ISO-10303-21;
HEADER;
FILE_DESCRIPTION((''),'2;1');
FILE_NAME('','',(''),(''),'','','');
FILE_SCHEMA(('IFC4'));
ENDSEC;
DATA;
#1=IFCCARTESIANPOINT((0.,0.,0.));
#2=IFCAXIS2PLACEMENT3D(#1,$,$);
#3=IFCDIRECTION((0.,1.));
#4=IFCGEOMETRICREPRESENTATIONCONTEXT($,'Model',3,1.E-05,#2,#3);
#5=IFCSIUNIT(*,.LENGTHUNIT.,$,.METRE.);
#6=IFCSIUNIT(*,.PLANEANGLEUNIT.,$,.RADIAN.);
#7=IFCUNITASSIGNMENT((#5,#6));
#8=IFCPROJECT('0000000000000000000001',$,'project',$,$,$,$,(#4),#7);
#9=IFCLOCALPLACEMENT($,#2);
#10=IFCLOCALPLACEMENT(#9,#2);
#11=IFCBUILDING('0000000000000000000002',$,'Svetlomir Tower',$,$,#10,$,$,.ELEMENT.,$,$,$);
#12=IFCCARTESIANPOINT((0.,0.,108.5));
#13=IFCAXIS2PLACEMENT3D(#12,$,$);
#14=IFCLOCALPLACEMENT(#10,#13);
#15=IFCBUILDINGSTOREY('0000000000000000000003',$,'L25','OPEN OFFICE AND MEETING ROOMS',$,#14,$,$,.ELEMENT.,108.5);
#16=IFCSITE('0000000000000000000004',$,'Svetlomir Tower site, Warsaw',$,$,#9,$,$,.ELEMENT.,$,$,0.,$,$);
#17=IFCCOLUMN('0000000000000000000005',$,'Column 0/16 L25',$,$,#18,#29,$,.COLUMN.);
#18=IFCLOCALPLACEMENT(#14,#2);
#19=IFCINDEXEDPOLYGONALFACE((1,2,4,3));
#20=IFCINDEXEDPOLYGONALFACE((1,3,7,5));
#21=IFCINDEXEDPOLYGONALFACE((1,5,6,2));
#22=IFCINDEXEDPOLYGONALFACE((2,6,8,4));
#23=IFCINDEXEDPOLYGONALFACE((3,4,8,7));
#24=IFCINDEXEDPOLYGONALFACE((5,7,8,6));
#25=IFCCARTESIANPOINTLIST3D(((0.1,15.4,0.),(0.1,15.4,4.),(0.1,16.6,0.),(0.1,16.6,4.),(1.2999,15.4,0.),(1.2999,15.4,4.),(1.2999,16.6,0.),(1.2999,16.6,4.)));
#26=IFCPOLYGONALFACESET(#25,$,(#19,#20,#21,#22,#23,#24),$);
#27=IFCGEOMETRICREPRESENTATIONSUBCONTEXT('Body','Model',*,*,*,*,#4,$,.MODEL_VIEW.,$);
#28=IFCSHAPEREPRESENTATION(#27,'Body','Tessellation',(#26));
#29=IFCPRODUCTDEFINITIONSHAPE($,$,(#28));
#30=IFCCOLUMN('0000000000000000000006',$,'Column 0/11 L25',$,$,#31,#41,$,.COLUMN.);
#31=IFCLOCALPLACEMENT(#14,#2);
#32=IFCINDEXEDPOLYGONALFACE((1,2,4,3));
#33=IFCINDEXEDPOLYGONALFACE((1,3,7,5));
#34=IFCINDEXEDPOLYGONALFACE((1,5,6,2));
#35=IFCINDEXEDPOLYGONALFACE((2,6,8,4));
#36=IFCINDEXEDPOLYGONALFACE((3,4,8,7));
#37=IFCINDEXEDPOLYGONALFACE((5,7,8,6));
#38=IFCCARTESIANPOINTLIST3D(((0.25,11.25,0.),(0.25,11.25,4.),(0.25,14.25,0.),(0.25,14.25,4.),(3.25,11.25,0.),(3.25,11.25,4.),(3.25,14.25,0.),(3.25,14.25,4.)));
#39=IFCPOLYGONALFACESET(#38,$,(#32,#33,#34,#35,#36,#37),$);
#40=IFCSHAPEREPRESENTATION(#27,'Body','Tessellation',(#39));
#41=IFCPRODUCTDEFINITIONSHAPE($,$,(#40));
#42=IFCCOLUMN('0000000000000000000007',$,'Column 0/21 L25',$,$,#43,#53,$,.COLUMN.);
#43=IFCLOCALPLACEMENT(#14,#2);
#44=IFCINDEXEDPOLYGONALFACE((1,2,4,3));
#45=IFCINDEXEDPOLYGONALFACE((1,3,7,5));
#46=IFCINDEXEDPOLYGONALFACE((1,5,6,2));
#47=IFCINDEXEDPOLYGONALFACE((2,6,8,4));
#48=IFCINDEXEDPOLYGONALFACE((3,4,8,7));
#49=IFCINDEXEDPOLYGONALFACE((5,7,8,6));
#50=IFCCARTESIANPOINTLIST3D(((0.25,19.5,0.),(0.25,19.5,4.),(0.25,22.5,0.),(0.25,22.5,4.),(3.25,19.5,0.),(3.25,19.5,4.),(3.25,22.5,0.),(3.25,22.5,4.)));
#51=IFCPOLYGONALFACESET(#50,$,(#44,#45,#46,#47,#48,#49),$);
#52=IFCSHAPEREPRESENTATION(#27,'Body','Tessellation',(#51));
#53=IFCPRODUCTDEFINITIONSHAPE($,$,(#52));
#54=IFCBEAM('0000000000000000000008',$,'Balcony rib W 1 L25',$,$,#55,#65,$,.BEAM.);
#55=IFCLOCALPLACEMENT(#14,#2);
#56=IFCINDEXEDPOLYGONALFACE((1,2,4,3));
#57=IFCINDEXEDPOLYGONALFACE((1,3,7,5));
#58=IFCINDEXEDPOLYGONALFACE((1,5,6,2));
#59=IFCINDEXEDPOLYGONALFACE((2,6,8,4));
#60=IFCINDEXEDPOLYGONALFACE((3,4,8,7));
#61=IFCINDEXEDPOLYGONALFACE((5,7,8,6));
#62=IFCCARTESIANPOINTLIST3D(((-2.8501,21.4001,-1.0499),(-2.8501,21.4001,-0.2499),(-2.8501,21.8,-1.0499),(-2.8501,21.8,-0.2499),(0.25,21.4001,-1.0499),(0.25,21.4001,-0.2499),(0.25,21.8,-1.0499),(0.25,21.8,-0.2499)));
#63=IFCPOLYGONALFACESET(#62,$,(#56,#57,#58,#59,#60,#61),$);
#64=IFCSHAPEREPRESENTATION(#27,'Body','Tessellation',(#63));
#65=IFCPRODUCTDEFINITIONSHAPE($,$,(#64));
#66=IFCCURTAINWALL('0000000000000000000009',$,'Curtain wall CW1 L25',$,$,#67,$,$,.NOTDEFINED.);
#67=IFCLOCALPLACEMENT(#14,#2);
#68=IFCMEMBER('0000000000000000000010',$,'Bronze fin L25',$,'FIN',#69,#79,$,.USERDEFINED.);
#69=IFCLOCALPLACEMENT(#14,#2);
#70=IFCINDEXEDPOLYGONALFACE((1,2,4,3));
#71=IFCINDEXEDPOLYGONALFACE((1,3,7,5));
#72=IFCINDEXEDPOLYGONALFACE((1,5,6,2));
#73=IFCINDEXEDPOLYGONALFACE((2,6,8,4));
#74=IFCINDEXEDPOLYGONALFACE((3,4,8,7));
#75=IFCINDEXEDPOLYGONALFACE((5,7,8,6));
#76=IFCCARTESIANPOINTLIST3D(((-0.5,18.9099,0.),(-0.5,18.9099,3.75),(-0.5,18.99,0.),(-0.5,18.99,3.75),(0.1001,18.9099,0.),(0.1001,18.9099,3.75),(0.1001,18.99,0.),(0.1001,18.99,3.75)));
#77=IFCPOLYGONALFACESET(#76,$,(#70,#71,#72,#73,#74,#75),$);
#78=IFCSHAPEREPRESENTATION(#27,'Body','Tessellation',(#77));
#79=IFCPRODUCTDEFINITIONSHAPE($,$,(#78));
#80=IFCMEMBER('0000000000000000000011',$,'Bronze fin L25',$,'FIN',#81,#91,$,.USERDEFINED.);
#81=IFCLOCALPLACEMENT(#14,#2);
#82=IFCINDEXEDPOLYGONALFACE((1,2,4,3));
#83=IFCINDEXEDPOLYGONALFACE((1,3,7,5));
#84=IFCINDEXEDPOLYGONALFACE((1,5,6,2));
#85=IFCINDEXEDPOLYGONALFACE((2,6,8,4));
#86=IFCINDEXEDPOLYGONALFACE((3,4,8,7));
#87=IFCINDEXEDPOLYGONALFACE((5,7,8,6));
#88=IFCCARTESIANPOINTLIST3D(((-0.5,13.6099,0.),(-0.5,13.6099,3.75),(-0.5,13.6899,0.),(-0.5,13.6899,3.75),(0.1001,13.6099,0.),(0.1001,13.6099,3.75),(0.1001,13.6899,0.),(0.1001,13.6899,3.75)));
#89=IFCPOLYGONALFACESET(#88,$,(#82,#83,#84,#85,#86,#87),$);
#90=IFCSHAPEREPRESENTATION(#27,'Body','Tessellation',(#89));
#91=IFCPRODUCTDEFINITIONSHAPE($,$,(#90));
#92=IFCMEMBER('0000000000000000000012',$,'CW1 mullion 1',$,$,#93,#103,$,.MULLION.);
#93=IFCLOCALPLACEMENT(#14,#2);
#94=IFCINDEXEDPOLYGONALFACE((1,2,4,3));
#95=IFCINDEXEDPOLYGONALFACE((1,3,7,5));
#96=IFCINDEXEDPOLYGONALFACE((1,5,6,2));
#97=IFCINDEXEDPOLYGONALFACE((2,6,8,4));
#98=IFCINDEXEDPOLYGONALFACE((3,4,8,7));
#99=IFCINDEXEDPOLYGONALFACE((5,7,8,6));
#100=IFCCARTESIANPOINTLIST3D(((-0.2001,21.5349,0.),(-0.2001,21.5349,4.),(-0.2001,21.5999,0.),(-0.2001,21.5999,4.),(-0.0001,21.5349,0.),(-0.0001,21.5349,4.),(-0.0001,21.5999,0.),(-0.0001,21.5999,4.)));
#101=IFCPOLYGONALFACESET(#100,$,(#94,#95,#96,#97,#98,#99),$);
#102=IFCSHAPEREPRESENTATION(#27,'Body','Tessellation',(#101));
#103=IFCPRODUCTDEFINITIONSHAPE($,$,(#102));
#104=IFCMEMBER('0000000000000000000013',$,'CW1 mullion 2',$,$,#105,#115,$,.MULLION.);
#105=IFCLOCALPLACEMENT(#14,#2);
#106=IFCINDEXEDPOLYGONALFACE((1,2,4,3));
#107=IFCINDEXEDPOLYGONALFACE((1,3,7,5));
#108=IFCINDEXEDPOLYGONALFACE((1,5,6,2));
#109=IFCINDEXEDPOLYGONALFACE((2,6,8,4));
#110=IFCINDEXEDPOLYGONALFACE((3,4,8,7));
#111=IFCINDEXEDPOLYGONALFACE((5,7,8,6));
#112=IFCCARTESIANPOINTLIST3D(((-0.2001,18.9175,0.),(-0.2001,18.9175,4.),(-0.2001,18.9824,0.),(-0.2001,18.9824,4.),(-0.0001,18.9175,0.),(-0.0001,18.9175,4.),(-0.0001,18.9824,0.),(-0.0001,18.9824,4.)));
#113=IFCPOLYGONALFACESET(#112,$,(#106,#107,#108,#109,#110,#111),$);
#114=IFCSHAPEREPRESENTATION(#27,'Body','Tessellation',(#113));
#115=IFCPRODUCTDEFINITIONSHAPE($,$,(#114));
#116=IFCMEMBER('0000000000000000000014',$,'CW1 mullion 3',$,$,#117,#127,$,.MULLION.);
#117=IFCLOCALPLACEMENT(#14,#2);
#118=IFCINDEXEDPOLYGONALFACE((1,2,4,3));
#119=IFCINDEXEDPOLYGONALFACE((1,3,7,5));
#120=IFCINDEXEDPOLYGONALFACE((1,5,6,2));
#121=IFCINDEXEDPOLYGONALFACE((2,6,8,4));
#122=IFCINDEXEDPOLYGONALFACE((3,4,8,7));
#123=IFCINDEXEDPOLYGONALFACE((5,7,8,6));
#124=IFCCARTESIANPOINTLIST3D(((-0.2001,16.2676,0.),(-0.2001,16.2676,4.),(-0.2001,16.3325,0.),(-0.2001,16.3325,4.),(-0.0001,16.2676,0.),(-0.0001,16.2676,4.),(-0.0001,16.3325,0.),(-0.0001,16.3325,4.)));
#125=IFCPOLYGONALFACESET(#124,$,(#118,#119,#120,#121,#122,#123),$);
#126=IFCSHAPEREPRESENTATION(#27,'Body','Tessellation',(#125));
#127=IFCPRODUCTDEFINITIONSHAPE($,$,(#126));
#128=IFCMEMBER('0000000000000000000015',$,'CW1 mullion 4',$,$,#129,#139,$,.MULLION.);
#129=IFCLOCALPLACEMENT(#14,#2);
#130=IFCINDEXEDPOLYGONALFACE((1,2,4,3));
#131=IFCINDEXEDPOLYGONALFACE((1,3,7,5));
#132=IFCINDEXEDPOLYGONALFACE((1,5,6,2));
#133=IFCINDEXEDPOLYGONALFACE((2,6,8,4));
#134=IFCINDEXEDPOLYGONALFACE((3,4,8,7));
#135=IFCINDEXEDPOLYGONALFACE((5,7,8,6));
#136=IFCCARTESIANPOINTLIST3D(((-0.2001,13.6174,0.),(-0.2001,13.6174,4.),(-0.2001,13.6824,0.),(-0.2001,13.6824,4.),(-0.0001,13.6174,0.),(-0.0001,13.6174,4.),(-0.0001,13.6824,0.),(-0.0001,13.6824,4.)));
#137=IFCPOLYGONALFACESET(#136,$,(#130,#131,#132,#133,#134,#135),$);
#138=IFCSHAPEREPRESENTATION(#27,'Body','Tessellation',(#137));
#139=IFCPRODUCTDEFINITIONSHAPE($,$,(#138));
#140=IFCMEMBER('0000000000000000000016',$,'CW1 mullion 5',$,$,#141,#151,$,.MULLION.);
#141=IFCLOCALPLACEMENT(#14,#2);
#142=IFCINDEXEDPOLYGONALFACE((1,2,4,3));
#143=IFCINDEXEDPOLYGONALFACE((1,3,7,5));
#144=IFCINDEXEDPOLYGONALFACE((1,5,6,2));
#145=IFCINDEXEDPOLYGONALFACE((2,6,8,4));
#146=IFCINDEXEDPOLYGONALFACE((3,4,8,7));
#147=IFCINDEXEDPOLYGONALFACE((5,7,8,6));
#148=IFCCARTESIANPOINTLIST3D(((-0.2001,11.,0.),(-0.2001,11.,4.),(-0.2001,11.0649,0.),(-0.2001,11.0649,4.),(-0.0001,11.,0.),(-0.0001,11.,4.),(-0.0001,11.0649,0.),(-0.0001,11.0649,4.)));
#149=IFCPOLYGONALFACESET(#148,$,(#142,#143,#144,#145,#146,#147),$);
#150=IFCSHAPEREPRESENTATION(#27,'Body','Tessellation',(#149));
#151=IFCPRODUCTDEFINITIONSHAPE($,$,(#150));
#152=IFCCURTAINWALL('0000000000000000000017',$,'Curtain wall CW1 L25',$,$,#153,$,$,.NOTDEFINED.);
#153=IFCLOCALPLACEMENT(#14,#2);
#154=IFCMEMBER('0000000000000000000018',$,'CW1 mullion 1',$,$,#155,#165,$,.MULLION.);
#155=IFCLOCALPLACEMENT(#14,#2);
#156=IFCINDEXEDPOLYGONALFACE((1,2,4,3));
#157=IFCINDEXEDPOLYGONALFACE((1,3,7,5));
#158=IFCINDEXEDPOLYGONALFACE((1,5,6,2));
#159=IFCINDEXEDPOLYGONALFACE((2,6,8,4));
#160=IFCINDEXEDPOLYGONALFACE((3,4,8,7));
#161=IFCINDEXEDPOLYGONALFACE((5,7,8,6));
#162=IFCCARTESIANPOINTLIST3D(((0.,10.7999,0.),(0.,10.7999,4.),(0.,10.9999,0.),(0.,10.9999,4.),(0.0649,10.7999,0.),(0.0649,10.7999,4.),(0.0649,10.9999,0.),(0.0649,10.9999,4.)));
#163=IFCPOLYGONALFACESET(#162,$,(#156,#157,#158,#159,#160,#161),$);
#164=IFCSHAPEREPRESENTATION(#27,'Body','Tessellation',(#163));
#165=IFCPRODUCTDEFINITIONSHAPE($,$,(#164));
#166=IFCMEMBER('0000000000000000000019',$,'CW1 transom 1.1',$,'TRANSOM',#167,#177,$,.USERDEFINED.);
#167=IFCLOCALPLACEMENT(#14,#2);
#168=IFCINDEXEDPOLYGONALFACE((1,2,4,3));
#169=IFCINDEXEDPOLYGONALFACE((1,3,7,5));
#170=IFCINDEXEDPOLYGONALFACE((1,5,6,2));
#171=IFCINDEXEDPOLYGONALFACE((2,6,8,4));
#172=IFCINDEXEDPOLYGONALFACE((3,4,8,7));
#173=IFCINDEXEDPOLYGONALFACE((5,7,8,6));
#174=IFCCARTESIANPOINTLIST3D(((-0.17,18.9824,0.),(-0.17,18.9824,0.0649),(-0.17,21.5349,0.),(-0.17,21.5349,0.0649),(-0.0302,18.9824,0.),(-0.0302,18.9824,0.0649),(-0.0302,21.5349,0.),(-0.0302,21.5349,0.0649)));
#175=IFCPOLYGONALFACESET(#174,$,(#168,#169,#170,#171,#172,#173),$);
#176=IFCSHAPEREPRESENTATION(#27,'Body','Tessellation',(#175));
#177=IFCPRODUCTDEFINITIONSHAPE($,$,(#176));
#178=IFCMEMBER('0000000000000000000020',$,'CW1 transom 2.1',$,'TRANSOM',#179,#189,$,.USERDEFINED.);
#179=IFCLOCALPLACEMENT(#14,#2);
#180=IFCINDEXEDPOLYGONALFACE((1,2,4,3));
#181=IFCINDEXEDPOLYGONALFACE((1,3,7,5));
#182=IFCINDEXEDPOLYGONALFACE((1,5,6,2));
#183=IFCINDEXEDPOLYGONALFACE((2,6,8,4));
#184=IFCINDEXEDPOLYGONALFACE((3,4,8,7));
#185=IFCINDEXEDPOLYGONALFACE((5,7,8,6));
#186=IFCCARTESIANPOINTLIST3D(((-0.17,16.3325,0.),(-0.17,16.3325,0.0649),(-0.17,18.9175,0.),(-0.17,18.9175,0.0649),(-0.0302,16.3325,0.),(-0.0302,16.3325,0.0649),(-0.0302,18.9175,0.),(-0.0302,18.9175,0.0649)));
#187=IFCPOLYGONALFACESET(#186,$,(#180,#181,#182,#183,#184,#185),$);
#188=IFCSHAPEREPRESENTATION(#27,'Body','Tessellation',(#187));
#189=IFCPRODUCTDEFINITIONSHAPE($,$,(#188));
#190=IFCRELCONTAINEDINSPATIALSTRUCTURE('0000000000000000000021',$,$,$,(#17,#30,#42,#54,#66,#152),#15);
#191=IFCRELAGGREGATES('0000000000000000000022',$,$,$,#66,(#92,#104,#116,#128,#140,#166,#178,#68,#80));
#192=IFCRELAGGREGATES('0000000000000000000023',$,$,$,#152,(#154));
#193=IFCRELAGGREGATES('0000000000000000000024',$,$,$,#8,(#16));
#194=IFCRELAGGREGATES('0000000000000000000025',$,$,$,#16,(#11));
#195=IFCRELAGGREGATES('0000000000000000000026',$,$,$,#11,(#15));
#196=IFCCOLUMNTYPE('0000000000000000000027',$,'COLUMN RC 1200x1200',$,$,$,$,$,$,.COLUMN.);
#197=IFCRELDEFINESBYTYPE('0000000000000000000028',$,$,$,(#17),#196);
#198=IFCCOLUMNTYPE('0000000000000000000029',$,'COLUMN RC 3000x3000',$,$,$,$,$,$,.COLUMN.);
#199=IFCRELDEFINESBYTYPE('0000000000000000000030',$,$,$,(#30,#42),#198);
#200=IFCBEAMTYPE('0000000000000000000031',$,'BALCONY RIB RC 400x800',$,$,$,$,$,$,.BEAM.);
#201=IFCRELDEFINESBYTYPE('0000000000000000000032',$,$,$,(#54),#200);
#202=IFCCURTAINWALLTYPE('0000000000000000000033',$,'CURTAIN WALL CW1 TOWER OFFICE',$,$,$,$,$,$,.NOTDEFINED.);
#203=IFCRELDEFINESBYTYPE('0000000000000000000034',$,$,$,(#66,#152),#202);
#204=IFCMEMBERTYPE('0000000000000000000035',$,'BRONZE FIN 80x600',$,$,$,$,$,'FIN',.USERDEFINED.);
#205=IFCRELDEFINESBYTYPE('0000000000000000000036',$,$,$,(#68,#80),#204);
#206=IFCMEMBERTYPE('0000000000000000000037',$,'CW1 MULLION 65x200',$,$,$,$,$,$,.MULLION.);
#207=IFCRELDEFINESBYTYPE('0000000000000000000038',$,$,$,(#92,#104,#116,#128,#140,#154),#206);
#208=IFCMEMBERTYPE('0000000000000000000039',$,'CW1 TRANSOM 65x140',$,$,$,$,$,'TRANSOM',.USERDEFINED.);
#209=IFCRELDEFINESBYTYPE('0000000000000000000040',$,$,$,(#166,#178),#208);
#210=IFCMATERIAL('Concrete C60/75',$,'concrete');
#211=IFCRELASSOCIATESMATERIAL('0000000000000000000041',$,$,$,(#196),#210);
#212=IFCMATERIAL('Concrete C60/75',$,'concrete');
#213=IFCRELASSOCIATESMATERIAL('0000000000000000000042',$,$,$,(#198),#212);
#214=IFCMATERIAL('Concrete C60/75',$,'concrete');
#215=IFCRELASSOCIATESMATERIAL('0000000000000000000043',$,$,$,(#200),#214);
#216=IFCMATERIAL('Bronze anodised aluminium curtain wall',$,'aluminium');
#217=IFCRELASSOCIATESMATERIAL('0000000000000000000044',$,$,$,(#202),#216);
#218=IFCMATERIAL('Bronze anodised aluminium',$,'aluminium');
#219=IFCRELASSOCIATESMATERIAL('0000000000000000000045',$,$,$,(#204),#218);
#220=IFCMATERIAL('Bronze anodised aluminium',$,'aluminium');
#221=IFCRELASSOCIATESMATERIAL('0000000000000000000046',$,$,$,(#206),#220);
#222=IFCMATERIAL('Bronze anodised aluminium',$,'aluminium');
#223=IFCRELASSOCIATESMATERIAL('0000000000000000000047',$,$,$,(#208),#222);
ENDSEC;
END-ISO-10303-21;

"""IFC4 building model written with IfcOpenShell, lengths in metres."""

from ifc_helpers import new_model, si_unit, direction, frame, origin, origin_2d, place, context, subcontext, project, spatial, rectangle, extrude, material, material_profile, profile_set, type_object, element, aggregate, save


model = new_model("IFC4")

# Units and contexts
model_context = context("Model", 3, precision=1e-05, world=origin(), true_north=direction((0.0, 1.0)))
body_context = subcontext(model_context, "Body", "Model", "MODEL_VIEW")
ifc_project = project(units=[si_unit("LENGTHUNIT", "METRE"), si_unit("PLANEANGLEUNIT", "RADIAN")], contexts=[model_context])

# Site, building, storey
site_placement = place(None, origin())
site = spatial("IfcSite", under=ifc_project, at=site_placement, Name="Svetlomir Tower site, Warsaw", CompositionType="ELEMENT", RefElevation=0.0)
building_placement = place(site_placement, origin())
building = spatial("IfcBuilding", under=site, at=building_placement, Name="Svetlomir Tower", CompositionType="ELEMENT")
storey_placement = place(building_placement, frame((0.0, 0.0, 108.5)))
storey = spatial("IfcBuildingStorey", under=building, at=storey_placement, Name="L25", Description="OPEN OFFICE AND MEETING ROOMS", CompositionType="ELEMENT", Elevation=108.5)

# Columns
ifc_material_1 = material(Name="Concrete C60/75", Category="concrete")
ifc_material_profile_1 = material_profile(ifc_material_1, rectangle(XDim=1.2, YDim=1.2, at=origin_2d()), Name="RC 1200x1200")
ifc_profile_set_1 = profile_set([ifc_material_profile_1], Name="Concrete C60/75")
column_type_1 = type_object("IfcColumnType", Name="COLUMN RC 1200x1200", PredefinedType="COLUMN", material=ifc_profile_set_1)
column_placement = place(storey_placement, frame((0.7, 16.0, 0.0), z_axis=(0.0, 0.0, 1.0), x_axis=(1.0, 0.0, 0.0)))
element("IfcColumn", 1, at=column_placement, inside=storey, type_object=column_type_1, Name="Column 0/16 L25", PredefinedType="COLUMN", context=body_context, shape_type="SweptSolid", body=[
    extrude(rectangle(XDim=1.2, YDim=1.2, at=origin_2d()), origin(), (0.0, 0.0, 1.0), 4.0),
])
ifc_material_2 = material(Name="Concrete C60/75", Category="concrete")
ifc_material_profile_2 = material_profile(ifc_material_2, rectangle(XDim=3.0, YDim=3.0, at=origin_2d()), Name="RC 3000x3000")
ifc_profile_set_2 = profile_set([ifc_material_profile_2], Name="Concrete C60/75")
column_type_2 = type_object("IfcColumnType", Name="COLUMN RC 3000x3000", PredefinedType="COLUMN", material=ifc_profile_set_2)
for number, where, z_axis, x_axis, name in (
    (2, (1.75, 12.75, 0.0), (0.0, 0.0, 1.0), (1.0, 0.0, 0.0), "Column 0/11 L25"),
    (3, (1.75, 21.0, 0.0), (0.0, 0.0, 1.0), (1.0, 0.0, 0.0), "Column 0/21 L25"),
):
    element("IfcColumn", number, at=place(storey_placement, frame(where, z_axis=z_axis, x_axis=x_axis)), inside=storey, type_object=column_type_2, Name=name, PredefinedType="COLUMN", context=body_context, shape_type="SweptSolid", body=[
        extrude(rectangle(XDim=3.0, YDim=3.0, at=origin_2d()), origin(), (0.0, 0.0, 1.0), 4.0),
    ])

# Beam
ifc_material_3 = material(Name="Concrete C60/75", Category="concrete")
ifc_material_profile_3 = material_profile(ifc_material_3, rectangle(XDim=0.3999, YDim=0.8, at=origin_2d()), Name="RC 400x800")
ifc_profile_set_3 = profile_set([ifc_material_profile_3], Name="Concrete C60/75")
beam_type_1 = type_object("IfcBeamType", Name="BALCONY RIB RC 400x800", PredefinedType="BEAM", material=ifc_profile_set_3)
beam_1_placement = place(storey_placement, frame((0.25, 21.6001, -0.6499), z_axis=(-1.0, 0.0, 0.0), x_axis=(0.0, -1.0, 0.0)))
element("IfcBeam", 4, at=beam_1_placement, inside=storey, type_object=beam_type_1, Name="Balcony rib W 1 L25", PredefinedType="BEAM", context=body_context, shape_type="SweptSolid", body=[
    extrude(rectangle(XDim=0.3999, YDim=0.8, at=origin_2d()), origin(), (0.0, 0.0, 1.0), 3.1001),
])

# Curtain wall, members
ifc_material_4 = material(Name="Bronze anodised aluminium curtain wall", Category="aluminium")
curtain_wall_type = type_object("IfcCurtainWallType", Name="CURTAIN WALL CW1 TOWER OFFICE", PredefinedType="NOTDEFINED", material=ifc_material_4)
curtain_wall_1_placement = place(storey_placement, origin())
curtain_wall_1 = element("IfcCurtainWall", 5, at=curtain_wall_1_placement, inside=storey, type_object=curtain_wall_type, Name="Curtain wall CW1 L25", PredefinedType="NOTDEFINED")
ifc_material_5 = material(Name="Bronze anodised aluminium", Category="aluminium")
ifc_material_profile_4 = material_profile(ifc_material_5, rectangle(XDim=0.0801, YDim=0.6001, at=origin_2d()), Name="FIN 80x600")
ifc_profile_set_4 = profile_set([ifc_material_profile_4], Name="Bronze anodised aluminium 6063-T6")
member_type_1 = type_object("IfcMemberType", Name="BRONZE FIN 80x600", ElementType="FIN", PredefinedType="USERDEFINED", material=ifc_profile_set_4)
member_1_placement = place(storey_placement, frame((-0.2, 18.95, 0.0), z_axis=(0.0, 0.0, 1.0), x_axis=(0.0, 1.0, 0.0)))
member_1 = element("IfcMember", 6, at=member_1_placement, type_object=member_type_1, Name="Bronze fin L25", ObjectType="FIN", PredefinedType="USERDEFINED", context=body_context, shape_type="SweptSolid", body=[
    extrude(rectangle(XDim=0.0801, YDim=0.6001, at=origin_2d()), origin(), (0.0, 0.0, 1.0), 3.75),
])
member_2_placement = place(storey_placement, frame((-0.2, 13.6499, 0.0), z_axis=(0.0, 0.0, 1.0), x_axis=(0.0, 1.0, 0.0)))
member_2 = element("IfcMember", 7, at=member_2_placement, type_object=member_type_1, Name="Bronze fin L25", ObjectType="FIN", PredefinedType="USERDEFINED", context=body_context, shape_type="SweptSolid", body=[
    extrude(rectangle(XDim=0.0801, YDim=0.6001, at=origin_2d()), origin(), (0.0, 0.0, 1.0), 3.75),
])
ifc_material_6 = material(Name="Bronze anodised aluminium", Category="aluminium")
ifc_material_profile_5 = material_profile(ifc_material_6, rectangle(XDim=0.0649, YDim=0.2, at=origin_2d()), Name="AL 65x200")
ifc_profile_set_5 = profile_set([ifc_material_profile_5], Name="Bronze anodised aluminium 6063-T6")
member_type_2 = type_object("IfcMemberType", Name="CW1 MULLION 65x200", PredefinedType="MULLION", material=ifc_profile_set_5)
member_3_placement = place(storey_placement, frame((-0.1001, 21.5674, 0.0), z_axis=(0.0, 0.0, 1.0), x_axis=(0.0, -1.0, 0.0)))
member_3 = element("IfcMember", 8, at=member_3_placement, type_object=member_type_2, Name="CW1 mullion 1", PredefinedType="MULLION", context=body_context, shape_type="SweptSolid", body=[
    extrude(rectangle(XDim=0.0649, YDim=0.2, at=origin_2d()), origin(), (0.0, 0.0, 1.0), 4.0),
])
member_4_placement = place(storey_placement, frame((-0.1001, 18.95, 0.0), z_axis=(0.0, 0.0, 1.0), x_axis=(0.0, -1.0, 0.0)))
member_4 = element("IfcMember", 9, at=member_4_placement, type_object=member_type_2, Name="CW1 mullion 2", PredefinedType="MULLION", context=body_context, shape_type="SweptSolid", body=[
    extrude(rectangle(XDim=0.0649, YDim=0.2, at=origin_2d()), origin(), (0.0, 0.0, 1.0), 4.0),
])
member_5_placement = place(storey_placement, frame((-0.1001, 16.3, 0.0), z_axis=(0.0, 0.0, 1.0), x_axis=(0.0, -1.0, 0.0)))
member_5 = element("IfcMember", 10, at=member_5_placement, type_object=member_type_2, Name="CW1 mullion 3", PredefinedType="MULLION", context=body_context, shape_type="SweptSolid", body=[
    extrude(rectangle(XDim=0.0649, YDim=0.2, at=origin_2d()), origin(), (0.0, 0.0, 1.0), 4.0),
])
member_6_placement = place(storey_placement, frame((-0.1001, 13.6499, 0.0), z_axis=(0.0, 0.0, 1.0), x_axis=(0.0, -1.0, 0.0)))
member_6 = element("IfcMember", 11, at=member_6_placement, type_object=member_type_2, Name="CW1 mullion 4", PredefinedType="MULLION", context=body_context, shape_type="SweptSolid", body=[
    extrude(rectangle(XDim=0.0649, YDim=0.2, at=origin_2d()), origin(), (0.0, 0.0, 1.0), 4.0),
])
member_7_placement = place(storey_placement, frame((-0.1001, 11.0325, 0.0), z_axis=(0.0, 0.0, 1.0), x_axis=(0.0, -1.0, 0.0)))
member_7 = element("IfcMember", 12, at=member_7_placement, type_object=member_type_2, Name="CW1 mullion 5", PredefinedType="MULLION", context=body_context, shape_type="SweptSolid", body=[
    extrude(rectangle(XDim=0.0649, YDim=0.2, at=origin_2d()), origin(), (0.0, 0.0, 1.0), 4.0),
])

# Curtain wall, member
curtain_wall_2_placement = place(storey_placement, origin())
curtain_wall_2 = element("IfcCurtainWall", 13, at=curtain_wall_2_placement, inside=storey, type_object=curtain_wall_type, Name="Curtain wall CW1 L25", PredefinedType="NOTDEFINED")
member_8_placement = place(storey_placement, frame((0.0325, 10.8999, 0.0), z_axis=(0.0, 0.0, 1.0), x_axis=(1.0, 0.0, 0.0)))
member_8 = element("IfcMember", 14, at=member_8_placement, type_object=member_type_2, Name="CW1 mullion 1", PredefinedType="MULLION", context=body_context, shape_type="SweptSolid", body=[
    extrude(rectangle(XDim=0.0649, YDim=0.2, at=origin_2d()), origin(), (0.0, 0.0, 1.0), 4.0),
])

# Members
ifc_material_7 = material(Name="Bronze anodised aluminium", Category="aluminium")
ifc_material_profile_6 = material_profile(ifc_material_7, rectangle(XDim=0.1399, YDim=0.0649, at=origin_2d()), Name="AL 140x65")
ifc_profile_set_6 = profile_set([ifc_material_profile_6], Name="Bronze anodised aluminium 6063-T6")
member_type_3 = type_object("IfcMemberType", Name="CW1 TRANSOM 65x140", ElementType="TRANSOM", PredefinedType="USERDEFINED", material=ifc_profile_set_6)
member_9_placement = place(storey_placement, frame((-0.1001, 21.5349, 0.0325), z_axis=(0.0, -1.0, 0.0), x_axis=(1.0, 0.0, 0.0)))
member_9 = element("IfcMember", 15, at=member_9_placement, type_object=member_type_3, Name="CW1 transom 1.1", ObjectType="TRANSOM", PredefinedType="USERDEFINED", context=body_context, shape_type="SweptSolid", body=[
    extrude(rectangle(XDim=0.1399, YDim=0.0649, at=origin_2d()), origin(), (0.0, 0.0, 1.0), 2.5525),
])
member_10_placement = place(storey_placement, frame((-0.1001, 18.9175, 0.0325), z_axis=(0.0, -1.0, 0.0), x_axis=(1.0, 0.0, 0.0)))
member_10 = element("IfcMember", 16, at=member_10_placement, type_object=member_type_3, Name="CW1 transom 2.1", ObjectType="TRANSOM", PredefinedType="USERDEFINED", context=body_context, shape_type="SweptSolid", body=[
    extrude(rectangle(XDim=0.1399, YDim=0.0649, at=origin_2d()), origin(), (0.0, 0.0, 1.0), 2.585),
])

aggregate(curtain_wall_1, [member_3, member_4, member_5, member_6, member_7, member_9, member_10, member_1, member_2])
aggregate(curtain_wall_2, [member_8])

save(model, "model.ifc")
